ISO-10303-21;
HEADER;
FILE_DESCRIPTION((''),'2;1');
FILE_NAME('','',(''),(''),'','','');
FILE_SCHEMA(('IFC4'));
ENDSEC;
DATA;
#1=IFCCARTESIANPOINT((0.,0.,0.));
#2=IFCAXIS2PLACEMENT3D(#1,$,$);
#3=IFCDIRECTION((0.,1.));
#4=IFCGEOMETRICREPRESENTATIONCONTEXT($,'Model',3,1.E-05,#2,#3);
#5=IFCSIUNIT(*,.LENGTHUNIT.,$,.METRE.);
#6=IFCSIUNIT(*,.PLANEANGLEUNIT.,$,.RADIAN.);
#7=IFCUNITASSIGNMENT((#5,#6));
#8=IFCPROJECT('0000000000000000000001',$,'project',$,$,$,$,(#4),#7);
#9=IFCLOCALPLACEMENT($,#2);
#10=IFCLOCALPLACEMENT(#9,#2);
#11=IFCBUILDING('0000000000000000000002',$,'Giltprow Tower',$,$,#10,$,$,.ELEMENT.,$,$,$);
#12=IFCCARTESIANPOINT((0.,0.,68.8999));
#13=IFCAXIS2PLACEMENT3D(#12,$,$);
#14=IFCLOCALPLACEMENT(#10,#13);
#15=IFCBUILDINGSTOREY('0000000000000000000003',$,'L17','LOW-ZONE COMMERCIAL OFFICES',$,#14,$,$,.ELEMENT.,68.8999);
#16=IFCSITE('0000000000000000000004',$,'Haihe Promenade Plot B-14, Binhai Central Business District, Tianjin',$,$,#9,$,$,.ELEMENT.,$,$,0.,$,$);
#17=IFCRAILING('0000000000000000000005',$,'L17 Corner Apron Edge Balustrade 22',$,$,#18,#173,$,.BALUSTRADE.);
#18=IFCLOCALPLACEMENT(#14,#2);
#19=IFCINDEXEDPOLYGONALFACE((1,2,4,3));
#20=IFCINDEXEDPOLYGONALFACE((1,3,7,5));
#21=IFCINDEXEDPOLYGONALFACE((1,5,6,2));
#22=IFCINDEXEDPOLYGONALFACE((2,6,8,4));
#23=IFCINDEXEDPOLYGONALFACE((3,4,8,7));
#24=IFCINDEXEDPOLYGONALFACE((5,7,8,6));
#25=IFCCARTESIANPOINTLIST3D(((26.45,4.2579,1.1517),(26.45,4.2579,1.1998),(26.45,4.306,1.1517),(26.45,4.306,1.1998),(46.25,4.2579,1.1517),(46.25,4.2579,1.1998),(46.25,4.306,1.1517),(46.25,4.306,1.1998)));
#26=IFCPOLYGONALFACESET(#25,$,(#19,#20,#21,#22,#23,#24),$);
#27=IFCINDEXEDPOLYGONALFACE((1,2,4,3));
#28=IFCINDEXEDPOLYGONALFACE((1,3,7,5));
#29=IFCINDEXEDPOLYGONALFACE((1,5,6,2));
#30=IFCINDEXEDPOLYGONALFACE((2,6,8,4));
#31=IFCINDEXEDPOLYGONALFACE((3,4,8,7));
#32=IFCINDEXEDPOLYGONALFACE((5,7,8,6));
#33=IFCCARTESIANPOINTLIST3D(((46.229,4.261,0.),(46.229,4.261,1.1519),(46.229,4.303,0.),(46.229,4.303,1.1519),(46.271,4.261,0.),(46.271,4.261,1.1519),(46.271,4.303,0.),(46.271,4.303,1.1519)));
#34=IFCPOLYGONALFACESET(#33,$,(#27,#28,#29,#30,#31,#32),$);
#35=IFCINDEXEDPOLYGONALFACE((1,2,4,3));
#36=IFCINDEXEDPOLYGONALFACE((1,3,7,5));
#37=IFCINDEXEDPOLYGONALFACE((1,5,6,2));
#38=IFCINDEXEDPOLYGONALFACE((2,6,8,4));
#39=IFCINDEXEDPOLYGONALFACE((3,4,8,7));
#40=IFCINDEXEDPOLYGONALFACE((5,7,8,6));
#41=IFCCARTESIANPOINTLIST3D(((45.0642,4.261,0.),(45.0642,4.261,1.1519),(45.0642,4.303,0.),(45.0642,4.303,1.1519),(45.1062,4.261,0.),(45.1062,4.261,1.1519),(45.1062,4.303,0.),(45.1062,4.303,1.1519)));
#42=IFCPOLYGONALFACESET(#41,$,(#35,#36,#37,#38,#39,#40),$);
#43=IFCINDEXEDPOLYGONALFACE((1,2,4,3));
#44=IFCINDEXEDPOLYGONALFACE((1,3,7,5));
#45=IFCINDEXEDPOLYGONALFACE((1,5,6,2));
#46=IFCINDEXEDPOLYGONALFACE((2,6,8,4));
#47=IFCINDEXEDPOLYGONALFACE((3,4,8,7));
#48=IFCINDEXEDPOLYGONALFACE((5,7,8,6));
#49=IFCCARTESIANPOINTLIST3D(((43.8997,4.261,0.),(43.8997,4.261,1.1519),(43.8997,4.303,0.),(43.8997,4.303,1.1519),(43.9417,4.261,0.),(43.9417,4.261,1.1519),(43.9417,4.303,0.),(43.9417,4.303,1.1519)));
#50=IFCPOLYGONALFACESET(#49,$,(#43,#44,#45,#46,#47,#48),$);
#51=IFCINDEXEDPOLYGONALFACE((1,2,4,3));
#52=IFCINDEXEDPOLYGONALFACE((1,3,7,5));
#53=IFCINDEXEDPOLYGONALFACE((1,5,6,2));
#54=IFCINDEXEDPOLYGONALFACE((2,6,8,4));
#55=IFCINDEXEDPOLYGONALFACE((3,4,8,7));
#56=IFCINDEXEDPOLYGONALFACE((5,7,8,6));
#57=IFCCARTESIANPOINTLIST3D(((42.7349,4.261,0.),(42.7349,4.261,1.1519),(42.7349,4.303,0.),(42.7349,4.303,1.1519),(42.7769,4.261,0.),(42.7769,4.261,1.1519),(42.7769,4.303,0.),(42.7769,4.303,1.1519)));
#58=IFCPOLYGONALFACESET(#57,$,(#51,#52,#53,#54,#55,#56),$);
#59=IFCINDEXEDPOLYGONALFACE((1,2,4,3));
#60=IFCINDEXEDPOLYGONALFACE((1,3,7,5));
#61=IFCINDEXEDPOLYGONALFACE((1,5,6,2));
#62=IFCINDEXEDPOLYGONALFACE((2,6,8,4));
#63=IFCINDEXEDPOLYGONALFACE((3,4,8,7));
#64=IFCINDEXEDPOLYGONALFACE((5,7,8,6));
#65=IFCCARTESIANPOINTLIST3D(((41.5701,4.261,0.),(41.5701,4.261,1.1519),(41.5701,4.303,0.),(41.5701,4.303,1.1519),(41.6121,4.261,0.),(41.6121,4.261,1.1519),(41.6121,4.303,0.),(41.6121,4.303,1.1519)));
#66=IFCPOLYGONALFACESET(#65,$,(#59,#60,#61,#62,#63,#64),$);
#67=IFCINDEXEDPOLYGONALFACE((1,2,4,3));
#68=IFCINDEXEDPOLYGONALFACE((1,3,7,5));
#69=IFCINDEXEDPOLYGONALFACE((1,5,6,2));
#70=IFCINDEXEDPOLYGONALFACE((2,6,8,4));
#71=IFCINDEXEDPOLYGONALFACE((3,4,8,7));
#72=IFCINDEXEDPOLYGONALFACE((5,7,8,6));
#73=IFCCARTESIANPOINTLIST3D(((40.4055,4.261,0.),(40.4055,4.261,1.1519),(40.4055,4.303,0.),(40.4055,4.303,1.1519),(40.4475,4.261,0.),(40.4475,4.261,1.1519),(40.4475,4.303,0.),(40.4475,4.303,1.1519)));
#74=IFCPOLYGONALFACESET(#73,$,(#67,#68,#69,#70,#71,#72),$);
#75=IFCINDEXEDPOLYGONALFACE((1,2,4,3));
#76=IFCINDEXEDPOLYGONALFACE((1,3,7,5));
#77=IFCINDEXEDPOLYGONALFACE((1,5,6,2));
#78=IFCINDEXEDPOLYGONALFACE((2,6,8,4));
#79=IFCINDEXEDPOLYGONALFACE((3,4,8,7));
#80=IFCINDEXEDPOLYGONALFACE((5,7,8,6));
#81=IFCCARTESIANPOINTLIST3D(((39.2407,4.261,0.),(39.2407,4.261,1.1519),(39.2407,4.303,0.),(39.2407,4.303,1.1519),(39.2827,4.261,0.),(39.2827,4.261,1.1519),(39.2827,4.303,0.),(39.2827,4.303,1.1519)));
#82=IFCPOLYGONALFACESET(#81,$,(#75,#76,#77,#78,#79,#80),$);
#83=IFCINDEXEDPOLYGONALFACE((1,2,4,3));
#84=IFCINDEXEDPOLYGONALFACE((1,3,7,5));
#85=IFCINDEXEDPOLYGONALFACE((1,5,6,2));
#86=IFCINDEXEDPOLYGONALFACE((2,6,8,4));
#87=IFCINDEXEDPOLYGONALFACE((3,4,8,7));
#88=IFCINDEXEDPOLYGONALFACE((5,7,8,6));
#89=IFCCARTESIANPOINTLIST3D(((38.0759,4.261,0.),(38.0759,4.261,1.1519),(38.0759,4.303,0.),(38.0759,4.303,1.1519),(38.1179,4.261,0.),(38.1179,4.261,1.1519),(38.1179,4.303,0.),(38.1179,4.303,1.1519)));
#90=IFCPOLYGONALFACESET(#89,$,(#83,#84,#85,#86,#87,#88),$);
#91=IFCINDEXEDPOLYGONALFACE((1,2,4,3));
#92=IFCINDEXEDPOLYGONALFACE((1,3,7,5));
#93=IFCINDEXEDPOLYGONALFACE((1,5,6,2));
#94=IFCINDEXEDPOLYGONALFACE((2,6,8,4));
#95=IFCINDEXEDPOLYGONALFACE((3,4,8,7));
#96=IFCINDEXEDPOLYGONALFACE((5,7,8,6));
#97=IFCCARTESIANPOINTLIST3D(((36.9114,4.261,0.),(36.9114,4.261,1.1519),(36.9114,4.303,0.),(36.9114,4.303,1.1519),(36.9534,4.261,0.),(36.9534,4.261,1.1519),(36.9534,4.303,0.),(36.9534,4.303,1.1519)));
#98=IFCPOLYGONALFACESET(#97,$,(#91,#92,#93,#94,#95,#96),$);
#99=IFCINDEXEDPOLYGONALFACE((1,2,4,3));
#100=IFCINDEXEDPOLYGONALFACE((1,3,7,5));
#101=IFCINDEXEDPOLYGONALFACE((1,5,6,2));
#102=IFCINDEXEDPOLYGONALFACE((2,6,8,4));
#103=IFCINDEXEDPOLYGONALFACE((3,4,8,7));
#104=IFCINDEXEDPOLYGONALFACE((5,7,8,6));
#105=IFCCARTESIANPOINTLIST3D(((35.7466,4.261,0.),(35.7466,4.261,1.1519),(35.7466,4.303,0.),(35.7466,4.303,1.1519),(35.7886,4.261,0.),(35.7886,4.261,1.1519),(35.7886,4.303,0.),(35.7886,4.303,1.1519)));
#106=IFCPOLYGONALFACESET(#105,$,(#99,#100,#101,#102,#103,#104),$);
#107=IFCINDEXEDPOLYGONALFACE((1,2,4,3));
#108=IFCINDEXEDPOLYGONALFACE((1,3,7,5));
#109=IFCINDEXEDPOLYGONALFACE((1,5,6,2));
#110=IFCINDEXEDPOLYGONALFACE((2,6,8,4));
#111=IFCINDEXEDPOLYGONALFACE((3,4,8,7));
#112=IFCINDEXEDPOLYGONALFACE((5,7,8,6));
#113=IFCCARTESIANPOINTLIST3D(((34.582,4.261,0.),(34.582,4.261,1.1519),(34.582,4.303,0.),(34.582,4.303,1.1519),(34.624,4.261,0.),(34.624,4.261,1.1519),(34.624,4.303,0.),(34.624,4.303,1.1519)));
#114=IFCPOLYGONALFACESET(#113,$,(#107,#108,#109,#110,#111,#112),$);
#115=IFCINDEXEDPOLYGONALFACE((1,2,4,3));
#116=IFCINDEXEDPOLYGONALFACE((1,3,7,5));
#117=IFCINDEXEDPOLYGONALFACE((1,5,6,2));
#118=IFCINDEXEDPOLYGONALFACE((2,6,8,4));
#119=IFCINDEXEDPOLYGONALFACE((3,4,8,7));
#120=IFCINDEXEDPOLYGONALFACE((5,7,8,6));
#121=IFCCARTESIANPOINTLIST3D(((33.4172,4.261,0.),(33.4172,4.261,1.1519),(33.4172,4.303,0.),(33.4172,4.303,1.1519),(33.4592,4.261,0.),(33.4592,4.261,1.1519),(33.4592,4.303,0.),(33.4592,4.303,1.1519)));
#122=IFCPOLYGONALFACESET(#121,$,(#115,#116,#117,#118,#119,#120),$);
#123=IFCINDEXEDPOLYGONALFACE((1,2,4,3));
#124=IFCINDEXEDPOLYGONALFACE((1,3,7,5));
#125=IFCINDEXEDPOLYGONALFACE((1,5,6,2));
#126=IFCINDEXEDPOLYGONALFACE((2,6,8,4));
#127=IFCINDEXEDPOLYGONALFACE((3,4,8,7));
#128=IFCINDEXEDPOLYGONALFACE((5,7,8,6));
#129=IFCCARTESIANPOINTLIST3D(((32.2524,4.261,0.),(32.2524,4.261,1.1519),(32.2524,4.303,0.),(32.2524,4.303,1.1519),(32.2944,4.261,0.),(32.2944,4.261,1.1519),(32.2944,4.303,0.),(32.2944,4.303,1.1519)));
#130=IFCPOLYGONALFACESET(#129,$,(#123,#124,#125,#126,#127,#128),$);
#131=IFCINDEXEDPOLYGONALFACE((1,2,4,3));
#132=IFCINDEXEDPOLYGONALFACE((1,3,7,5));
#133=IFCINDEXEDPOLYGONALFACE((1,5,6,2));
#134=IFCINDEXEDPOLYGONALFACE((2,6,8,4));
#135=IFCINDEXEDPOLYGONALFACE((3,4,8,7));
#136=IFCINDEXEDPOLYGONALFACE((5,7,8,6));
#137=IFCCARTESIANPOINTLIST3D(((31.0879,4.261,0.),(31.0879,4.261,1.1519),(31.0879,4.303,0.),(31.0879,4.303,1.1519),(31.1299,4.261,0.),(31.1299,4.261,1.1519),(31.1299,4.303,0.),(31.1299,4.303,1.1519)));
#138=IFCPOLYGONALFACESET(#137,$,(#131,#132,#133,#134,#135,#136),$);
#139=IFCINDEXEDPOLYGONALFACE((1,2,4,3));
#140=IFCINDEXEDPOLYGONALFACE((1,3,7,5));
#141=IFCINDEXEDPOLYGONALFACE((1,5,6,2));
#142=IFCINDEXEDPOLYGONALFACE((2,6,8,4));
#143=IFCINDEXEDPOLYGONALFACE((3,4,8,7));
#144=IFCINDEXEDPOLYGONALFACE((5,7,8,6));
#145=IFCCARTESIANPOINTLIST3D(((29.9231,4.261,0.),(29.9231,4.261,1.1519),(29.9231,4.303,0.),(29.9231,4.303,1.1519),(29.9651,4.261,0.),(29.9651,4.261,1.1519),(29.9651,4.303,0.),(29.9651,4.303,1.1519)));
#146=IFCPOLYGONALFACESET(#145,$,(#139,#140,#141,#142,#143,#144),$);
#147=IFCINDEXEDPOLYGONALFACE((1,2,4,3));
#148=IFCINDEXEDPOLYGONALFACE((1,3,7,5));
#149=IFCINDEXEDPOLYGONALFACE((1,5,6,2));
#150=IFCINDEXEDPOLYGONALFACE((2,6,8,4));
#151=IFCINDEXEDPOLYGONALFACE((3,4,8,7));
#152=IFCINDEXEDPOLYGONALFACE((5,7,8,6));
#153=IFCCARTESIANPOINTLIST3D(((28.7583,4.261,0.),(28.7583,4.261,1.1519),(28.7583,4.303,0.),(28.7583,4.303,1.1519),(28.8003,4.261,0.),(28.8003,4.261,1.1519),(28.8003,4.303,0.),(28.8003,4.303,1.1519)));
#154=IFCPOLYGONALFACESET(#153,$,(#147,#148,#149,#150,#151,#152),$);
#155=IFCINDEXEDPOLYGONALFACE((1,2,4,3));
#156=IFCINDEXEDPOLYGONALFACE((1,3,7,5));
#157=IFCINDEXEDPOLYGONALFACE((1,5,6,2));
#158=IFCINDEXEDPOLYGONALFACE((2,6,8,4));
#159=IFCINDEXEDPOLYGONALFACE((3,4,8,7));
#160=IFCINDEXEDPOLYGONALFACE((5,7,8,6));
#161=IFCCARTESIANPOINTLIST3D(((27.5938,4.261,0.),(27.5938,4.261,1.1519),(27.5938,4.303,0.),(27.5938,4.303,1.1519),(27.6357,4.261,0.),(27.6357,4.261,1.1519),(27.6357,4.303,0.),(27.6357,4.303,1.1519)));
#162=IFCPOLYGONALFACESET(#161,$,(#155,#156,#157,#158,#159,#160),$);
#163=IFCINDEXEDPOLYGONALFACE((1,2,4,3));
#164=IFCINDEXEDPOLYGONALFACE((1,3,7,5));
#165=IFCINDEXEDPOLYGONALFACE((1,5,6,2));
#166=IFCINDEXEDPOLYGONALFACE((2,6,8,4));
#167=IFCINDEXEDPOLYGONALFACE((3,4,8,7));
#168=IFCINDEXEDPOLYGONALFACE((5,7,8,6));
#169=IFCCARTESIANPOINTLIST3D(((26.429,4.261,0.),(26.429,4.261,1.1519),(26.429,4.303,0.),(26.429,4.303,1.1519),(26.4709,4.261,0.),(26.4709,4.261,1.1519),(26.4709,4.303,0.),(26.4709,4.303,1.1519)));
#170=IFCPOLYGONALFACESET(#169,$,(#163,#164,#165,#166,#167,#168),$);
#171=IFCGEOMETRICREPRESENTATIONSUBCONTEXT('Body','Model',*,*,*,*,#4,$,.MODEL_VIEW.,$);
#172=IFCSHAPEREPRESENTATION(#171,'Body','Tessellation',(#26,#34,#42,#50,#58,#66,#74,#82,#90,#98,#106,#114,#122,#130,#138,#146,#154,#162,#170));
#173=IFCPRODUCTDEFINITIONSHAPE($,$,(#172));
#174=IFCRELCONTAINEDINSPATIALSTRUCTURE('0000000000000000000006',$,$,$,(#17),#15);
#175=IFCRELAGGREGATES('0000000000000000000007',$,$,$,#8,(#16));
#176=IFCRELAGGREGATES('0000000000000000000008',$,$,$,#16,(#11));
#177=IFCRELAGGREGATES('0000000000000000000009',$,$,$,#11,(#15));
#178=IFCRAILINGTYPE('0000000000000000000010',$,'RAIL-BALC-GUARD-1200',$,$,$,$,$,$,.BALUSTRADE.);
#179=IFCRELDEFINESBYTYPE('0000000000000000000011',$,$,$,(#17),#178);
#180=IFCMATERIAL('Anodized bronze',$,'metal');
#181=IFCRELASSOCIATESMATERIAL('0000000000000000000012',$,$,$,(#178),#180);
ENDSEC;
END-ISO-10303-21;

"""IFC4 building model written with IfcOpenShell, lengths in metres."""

from ifc_helpers import new_model, si_unit, direction, frame, origin, origin_2d, place, context, subcontext, project, spatial, rectangle, extrude, material, type_object, element, save


model = new_model("IFC4")

# Units and contexts
model_context = context("Model", 3, precision=1e-05, world=origin(), true_north=direction((0.0, 1.0)))
body_context = subcontext(model_context, "Body", "Model", "MODEL_VIEW")
ifc_project = project(units=[si_unit("LENGTHUNIT", "METRE"), si_unit("PLANEANGLEUNIT", "RADIAN")], contexts=[model_context])

# Site, building, storey
site_placement = place(None, origin())
site = spatial("IfcSite", under=ifc_project, at=site_placement, Name="Haihe Promenade Plot B-14, Binhai Central Business District, Tianjin", CompositionType="ELEMENT", RefElevation=0.0)
building_placement = place(site_placement, origin())
building = spatial("IfcBuilding", under=site, at=building_placement, Name="Giltprow Tower", CompositionType="ELEMENT")
storey_placement = place(building_placement, frame((0.0, 0.0, 68.8999)))
storey = spatial("IfcBuildingStorey", under=building, at=storey_placement, Name="L17", Description="LOW-ZONE COMMERCIAL OFFICES", CompositionType="ELEMENT", Elevation=68.8999)

# Shared definitions
ifc_material_1 = material(Name="Anodized bronze", Category="metal")

# Railing
railing_type = type_object("IfcRailingType", Name="RAIL-BALC-GUARD-1200", PredefinedType="BALUSTRADE", material=ifc_material_1)
railing_1_placement = place(storey_placement, frame((46.25, 4.282, 0.0)))
element("IfcRailing", 1, at=railing_1_placement, inside=storey, type_object=railing_type, Name="L17 Corner Apron Edge Balustrade 22", PredefinedType="BALUSTRADE", context=body_context, shape_type="SweptSolid", body=[
    extrude(rectangle(XDim=0.0481, YDim=0.0481, at=origin_2d()), frame((0.0, 0.0, 1.1758), z_axis=(-1.0, 0.0, 0.0), x_axis=(0.0, -1.0, 0.0)), (0.0, 0.0, 1.0), 19.8),
    extrude(rectangle(XDim=0.042, YDim=0.042, at=origin_2d()), origin(), (0.0, 0.0, 1.0), 1.1519),
    extrude(rectangle(XDim=0.042, YDim=0.042, at=origin_2d()), frame((-1.1648, 0.0, 0.0)), (0.0, 0.0, 1.0), 1.1519),
    extrude(rectangle(XDim=0.042, YDim=0.042, at=origin_2d()), frame((-2.3293, 0.0, 0.0)), (0.0, 0.0, 1.0), 1.1519),
    extrude(rectangle(XDim=0.042, YDim=0.042, at=origin_2d()), frame((-3.4941, 0.0, 0.0)), (0.0, 0.0, 1.0), 1.1519),
    extrude(rectangle(XDim=0.042, YDim=0.042, at=origin_2d()), frame((-4.6589, 0.0, 0.0)), (0.0, 0.0, 1.0), 1.1519),
    extrude(rectangle(XDim=0.042, YDim=0.042, at=origin_2d()), frame((-5.8235, 0.0, 0.0)), (0.0, 0.0, 1.0), 1.1519),
    extrude(rectangle(XDim=0.042, YDim=0.042, at=origin_2d()), frame((-6.9883, 0.0, 0.0)), (0.0, 0.0, 1.0), 1.1519),
    extrude(rectangle(XDim=0.042, YDim=0.042, at=origin_2d()), frame((-8.1531, 0.0, 0.0)), (0.0, 0.0, 1.0), 1.1519),
    extrude(rectangle(XDim=0.042, YDim=0.042, at=origin_2d()), frame((-9.3176, 0.0, 0.0)), (0.0, 0.0, 1.0), 1.1519),
    extrude(rectangle(XDim=0.042, YDim=0.042, at=origin_2d()), frame((-10.4824, 0.0, 0.0)), (0.0, 0.0, 1.0), 1.1519),
    extrude(rectangle(XDim=0.042, YDim=0.042, at=origin_2d()), frame((-11.647, 0.0, 0.0)), (0.0, 0.0, 1.0), 1.1519),
    extrude(rectangle(XDim=0.042, YDim=0.042, at=origin_2d()), frame((-12.8118, 0.0, 0.0)), (0.0, 0.0, 1.0), 1.1519),
    extrude(rectangle(XDim=0.042, YDim=0.042, at=origin_2d()), frame((-13.9766, 0.0, 0.0)), (0.0, 0.0, 1.0), 1.1519),
    extrude(rectangle(XDim=0.042, YDim=0.042, at=origin_2d()), frame((-15.1411, 0.0, 0.0)), (0.0, 0.0, 1.0), 1.1519),
    extrude(rectangle(XDim=0.042, YDim=0.042, at=origin_2d()), frame((-16.3059, 0.0, 0.0)), (0.0, 0.0, 1.0), 1.1519),
    extrude(rectangle(XDim=0.042, YDim=0.042, at=origin_2d()), frame((-17.4707, 0.0, 0.0)), (0.0, 0.0, 1.0), 1.1519),
    extrude(rectangle(XDim=0.042, YDim=0.042, at=origin_2d()), frame((-18.6353, 0.0, 0.0)), (0.0, 0.0, 1.0), 1.1519),
    extrude(rectangle(XDim=0.042, YDim=0.042, at=origin_2d()), frame((-19.8, 0.0, 0.0)), (0.0, 0.0, 1.0), 1.1519),
])

save(model, "model.ifc")
